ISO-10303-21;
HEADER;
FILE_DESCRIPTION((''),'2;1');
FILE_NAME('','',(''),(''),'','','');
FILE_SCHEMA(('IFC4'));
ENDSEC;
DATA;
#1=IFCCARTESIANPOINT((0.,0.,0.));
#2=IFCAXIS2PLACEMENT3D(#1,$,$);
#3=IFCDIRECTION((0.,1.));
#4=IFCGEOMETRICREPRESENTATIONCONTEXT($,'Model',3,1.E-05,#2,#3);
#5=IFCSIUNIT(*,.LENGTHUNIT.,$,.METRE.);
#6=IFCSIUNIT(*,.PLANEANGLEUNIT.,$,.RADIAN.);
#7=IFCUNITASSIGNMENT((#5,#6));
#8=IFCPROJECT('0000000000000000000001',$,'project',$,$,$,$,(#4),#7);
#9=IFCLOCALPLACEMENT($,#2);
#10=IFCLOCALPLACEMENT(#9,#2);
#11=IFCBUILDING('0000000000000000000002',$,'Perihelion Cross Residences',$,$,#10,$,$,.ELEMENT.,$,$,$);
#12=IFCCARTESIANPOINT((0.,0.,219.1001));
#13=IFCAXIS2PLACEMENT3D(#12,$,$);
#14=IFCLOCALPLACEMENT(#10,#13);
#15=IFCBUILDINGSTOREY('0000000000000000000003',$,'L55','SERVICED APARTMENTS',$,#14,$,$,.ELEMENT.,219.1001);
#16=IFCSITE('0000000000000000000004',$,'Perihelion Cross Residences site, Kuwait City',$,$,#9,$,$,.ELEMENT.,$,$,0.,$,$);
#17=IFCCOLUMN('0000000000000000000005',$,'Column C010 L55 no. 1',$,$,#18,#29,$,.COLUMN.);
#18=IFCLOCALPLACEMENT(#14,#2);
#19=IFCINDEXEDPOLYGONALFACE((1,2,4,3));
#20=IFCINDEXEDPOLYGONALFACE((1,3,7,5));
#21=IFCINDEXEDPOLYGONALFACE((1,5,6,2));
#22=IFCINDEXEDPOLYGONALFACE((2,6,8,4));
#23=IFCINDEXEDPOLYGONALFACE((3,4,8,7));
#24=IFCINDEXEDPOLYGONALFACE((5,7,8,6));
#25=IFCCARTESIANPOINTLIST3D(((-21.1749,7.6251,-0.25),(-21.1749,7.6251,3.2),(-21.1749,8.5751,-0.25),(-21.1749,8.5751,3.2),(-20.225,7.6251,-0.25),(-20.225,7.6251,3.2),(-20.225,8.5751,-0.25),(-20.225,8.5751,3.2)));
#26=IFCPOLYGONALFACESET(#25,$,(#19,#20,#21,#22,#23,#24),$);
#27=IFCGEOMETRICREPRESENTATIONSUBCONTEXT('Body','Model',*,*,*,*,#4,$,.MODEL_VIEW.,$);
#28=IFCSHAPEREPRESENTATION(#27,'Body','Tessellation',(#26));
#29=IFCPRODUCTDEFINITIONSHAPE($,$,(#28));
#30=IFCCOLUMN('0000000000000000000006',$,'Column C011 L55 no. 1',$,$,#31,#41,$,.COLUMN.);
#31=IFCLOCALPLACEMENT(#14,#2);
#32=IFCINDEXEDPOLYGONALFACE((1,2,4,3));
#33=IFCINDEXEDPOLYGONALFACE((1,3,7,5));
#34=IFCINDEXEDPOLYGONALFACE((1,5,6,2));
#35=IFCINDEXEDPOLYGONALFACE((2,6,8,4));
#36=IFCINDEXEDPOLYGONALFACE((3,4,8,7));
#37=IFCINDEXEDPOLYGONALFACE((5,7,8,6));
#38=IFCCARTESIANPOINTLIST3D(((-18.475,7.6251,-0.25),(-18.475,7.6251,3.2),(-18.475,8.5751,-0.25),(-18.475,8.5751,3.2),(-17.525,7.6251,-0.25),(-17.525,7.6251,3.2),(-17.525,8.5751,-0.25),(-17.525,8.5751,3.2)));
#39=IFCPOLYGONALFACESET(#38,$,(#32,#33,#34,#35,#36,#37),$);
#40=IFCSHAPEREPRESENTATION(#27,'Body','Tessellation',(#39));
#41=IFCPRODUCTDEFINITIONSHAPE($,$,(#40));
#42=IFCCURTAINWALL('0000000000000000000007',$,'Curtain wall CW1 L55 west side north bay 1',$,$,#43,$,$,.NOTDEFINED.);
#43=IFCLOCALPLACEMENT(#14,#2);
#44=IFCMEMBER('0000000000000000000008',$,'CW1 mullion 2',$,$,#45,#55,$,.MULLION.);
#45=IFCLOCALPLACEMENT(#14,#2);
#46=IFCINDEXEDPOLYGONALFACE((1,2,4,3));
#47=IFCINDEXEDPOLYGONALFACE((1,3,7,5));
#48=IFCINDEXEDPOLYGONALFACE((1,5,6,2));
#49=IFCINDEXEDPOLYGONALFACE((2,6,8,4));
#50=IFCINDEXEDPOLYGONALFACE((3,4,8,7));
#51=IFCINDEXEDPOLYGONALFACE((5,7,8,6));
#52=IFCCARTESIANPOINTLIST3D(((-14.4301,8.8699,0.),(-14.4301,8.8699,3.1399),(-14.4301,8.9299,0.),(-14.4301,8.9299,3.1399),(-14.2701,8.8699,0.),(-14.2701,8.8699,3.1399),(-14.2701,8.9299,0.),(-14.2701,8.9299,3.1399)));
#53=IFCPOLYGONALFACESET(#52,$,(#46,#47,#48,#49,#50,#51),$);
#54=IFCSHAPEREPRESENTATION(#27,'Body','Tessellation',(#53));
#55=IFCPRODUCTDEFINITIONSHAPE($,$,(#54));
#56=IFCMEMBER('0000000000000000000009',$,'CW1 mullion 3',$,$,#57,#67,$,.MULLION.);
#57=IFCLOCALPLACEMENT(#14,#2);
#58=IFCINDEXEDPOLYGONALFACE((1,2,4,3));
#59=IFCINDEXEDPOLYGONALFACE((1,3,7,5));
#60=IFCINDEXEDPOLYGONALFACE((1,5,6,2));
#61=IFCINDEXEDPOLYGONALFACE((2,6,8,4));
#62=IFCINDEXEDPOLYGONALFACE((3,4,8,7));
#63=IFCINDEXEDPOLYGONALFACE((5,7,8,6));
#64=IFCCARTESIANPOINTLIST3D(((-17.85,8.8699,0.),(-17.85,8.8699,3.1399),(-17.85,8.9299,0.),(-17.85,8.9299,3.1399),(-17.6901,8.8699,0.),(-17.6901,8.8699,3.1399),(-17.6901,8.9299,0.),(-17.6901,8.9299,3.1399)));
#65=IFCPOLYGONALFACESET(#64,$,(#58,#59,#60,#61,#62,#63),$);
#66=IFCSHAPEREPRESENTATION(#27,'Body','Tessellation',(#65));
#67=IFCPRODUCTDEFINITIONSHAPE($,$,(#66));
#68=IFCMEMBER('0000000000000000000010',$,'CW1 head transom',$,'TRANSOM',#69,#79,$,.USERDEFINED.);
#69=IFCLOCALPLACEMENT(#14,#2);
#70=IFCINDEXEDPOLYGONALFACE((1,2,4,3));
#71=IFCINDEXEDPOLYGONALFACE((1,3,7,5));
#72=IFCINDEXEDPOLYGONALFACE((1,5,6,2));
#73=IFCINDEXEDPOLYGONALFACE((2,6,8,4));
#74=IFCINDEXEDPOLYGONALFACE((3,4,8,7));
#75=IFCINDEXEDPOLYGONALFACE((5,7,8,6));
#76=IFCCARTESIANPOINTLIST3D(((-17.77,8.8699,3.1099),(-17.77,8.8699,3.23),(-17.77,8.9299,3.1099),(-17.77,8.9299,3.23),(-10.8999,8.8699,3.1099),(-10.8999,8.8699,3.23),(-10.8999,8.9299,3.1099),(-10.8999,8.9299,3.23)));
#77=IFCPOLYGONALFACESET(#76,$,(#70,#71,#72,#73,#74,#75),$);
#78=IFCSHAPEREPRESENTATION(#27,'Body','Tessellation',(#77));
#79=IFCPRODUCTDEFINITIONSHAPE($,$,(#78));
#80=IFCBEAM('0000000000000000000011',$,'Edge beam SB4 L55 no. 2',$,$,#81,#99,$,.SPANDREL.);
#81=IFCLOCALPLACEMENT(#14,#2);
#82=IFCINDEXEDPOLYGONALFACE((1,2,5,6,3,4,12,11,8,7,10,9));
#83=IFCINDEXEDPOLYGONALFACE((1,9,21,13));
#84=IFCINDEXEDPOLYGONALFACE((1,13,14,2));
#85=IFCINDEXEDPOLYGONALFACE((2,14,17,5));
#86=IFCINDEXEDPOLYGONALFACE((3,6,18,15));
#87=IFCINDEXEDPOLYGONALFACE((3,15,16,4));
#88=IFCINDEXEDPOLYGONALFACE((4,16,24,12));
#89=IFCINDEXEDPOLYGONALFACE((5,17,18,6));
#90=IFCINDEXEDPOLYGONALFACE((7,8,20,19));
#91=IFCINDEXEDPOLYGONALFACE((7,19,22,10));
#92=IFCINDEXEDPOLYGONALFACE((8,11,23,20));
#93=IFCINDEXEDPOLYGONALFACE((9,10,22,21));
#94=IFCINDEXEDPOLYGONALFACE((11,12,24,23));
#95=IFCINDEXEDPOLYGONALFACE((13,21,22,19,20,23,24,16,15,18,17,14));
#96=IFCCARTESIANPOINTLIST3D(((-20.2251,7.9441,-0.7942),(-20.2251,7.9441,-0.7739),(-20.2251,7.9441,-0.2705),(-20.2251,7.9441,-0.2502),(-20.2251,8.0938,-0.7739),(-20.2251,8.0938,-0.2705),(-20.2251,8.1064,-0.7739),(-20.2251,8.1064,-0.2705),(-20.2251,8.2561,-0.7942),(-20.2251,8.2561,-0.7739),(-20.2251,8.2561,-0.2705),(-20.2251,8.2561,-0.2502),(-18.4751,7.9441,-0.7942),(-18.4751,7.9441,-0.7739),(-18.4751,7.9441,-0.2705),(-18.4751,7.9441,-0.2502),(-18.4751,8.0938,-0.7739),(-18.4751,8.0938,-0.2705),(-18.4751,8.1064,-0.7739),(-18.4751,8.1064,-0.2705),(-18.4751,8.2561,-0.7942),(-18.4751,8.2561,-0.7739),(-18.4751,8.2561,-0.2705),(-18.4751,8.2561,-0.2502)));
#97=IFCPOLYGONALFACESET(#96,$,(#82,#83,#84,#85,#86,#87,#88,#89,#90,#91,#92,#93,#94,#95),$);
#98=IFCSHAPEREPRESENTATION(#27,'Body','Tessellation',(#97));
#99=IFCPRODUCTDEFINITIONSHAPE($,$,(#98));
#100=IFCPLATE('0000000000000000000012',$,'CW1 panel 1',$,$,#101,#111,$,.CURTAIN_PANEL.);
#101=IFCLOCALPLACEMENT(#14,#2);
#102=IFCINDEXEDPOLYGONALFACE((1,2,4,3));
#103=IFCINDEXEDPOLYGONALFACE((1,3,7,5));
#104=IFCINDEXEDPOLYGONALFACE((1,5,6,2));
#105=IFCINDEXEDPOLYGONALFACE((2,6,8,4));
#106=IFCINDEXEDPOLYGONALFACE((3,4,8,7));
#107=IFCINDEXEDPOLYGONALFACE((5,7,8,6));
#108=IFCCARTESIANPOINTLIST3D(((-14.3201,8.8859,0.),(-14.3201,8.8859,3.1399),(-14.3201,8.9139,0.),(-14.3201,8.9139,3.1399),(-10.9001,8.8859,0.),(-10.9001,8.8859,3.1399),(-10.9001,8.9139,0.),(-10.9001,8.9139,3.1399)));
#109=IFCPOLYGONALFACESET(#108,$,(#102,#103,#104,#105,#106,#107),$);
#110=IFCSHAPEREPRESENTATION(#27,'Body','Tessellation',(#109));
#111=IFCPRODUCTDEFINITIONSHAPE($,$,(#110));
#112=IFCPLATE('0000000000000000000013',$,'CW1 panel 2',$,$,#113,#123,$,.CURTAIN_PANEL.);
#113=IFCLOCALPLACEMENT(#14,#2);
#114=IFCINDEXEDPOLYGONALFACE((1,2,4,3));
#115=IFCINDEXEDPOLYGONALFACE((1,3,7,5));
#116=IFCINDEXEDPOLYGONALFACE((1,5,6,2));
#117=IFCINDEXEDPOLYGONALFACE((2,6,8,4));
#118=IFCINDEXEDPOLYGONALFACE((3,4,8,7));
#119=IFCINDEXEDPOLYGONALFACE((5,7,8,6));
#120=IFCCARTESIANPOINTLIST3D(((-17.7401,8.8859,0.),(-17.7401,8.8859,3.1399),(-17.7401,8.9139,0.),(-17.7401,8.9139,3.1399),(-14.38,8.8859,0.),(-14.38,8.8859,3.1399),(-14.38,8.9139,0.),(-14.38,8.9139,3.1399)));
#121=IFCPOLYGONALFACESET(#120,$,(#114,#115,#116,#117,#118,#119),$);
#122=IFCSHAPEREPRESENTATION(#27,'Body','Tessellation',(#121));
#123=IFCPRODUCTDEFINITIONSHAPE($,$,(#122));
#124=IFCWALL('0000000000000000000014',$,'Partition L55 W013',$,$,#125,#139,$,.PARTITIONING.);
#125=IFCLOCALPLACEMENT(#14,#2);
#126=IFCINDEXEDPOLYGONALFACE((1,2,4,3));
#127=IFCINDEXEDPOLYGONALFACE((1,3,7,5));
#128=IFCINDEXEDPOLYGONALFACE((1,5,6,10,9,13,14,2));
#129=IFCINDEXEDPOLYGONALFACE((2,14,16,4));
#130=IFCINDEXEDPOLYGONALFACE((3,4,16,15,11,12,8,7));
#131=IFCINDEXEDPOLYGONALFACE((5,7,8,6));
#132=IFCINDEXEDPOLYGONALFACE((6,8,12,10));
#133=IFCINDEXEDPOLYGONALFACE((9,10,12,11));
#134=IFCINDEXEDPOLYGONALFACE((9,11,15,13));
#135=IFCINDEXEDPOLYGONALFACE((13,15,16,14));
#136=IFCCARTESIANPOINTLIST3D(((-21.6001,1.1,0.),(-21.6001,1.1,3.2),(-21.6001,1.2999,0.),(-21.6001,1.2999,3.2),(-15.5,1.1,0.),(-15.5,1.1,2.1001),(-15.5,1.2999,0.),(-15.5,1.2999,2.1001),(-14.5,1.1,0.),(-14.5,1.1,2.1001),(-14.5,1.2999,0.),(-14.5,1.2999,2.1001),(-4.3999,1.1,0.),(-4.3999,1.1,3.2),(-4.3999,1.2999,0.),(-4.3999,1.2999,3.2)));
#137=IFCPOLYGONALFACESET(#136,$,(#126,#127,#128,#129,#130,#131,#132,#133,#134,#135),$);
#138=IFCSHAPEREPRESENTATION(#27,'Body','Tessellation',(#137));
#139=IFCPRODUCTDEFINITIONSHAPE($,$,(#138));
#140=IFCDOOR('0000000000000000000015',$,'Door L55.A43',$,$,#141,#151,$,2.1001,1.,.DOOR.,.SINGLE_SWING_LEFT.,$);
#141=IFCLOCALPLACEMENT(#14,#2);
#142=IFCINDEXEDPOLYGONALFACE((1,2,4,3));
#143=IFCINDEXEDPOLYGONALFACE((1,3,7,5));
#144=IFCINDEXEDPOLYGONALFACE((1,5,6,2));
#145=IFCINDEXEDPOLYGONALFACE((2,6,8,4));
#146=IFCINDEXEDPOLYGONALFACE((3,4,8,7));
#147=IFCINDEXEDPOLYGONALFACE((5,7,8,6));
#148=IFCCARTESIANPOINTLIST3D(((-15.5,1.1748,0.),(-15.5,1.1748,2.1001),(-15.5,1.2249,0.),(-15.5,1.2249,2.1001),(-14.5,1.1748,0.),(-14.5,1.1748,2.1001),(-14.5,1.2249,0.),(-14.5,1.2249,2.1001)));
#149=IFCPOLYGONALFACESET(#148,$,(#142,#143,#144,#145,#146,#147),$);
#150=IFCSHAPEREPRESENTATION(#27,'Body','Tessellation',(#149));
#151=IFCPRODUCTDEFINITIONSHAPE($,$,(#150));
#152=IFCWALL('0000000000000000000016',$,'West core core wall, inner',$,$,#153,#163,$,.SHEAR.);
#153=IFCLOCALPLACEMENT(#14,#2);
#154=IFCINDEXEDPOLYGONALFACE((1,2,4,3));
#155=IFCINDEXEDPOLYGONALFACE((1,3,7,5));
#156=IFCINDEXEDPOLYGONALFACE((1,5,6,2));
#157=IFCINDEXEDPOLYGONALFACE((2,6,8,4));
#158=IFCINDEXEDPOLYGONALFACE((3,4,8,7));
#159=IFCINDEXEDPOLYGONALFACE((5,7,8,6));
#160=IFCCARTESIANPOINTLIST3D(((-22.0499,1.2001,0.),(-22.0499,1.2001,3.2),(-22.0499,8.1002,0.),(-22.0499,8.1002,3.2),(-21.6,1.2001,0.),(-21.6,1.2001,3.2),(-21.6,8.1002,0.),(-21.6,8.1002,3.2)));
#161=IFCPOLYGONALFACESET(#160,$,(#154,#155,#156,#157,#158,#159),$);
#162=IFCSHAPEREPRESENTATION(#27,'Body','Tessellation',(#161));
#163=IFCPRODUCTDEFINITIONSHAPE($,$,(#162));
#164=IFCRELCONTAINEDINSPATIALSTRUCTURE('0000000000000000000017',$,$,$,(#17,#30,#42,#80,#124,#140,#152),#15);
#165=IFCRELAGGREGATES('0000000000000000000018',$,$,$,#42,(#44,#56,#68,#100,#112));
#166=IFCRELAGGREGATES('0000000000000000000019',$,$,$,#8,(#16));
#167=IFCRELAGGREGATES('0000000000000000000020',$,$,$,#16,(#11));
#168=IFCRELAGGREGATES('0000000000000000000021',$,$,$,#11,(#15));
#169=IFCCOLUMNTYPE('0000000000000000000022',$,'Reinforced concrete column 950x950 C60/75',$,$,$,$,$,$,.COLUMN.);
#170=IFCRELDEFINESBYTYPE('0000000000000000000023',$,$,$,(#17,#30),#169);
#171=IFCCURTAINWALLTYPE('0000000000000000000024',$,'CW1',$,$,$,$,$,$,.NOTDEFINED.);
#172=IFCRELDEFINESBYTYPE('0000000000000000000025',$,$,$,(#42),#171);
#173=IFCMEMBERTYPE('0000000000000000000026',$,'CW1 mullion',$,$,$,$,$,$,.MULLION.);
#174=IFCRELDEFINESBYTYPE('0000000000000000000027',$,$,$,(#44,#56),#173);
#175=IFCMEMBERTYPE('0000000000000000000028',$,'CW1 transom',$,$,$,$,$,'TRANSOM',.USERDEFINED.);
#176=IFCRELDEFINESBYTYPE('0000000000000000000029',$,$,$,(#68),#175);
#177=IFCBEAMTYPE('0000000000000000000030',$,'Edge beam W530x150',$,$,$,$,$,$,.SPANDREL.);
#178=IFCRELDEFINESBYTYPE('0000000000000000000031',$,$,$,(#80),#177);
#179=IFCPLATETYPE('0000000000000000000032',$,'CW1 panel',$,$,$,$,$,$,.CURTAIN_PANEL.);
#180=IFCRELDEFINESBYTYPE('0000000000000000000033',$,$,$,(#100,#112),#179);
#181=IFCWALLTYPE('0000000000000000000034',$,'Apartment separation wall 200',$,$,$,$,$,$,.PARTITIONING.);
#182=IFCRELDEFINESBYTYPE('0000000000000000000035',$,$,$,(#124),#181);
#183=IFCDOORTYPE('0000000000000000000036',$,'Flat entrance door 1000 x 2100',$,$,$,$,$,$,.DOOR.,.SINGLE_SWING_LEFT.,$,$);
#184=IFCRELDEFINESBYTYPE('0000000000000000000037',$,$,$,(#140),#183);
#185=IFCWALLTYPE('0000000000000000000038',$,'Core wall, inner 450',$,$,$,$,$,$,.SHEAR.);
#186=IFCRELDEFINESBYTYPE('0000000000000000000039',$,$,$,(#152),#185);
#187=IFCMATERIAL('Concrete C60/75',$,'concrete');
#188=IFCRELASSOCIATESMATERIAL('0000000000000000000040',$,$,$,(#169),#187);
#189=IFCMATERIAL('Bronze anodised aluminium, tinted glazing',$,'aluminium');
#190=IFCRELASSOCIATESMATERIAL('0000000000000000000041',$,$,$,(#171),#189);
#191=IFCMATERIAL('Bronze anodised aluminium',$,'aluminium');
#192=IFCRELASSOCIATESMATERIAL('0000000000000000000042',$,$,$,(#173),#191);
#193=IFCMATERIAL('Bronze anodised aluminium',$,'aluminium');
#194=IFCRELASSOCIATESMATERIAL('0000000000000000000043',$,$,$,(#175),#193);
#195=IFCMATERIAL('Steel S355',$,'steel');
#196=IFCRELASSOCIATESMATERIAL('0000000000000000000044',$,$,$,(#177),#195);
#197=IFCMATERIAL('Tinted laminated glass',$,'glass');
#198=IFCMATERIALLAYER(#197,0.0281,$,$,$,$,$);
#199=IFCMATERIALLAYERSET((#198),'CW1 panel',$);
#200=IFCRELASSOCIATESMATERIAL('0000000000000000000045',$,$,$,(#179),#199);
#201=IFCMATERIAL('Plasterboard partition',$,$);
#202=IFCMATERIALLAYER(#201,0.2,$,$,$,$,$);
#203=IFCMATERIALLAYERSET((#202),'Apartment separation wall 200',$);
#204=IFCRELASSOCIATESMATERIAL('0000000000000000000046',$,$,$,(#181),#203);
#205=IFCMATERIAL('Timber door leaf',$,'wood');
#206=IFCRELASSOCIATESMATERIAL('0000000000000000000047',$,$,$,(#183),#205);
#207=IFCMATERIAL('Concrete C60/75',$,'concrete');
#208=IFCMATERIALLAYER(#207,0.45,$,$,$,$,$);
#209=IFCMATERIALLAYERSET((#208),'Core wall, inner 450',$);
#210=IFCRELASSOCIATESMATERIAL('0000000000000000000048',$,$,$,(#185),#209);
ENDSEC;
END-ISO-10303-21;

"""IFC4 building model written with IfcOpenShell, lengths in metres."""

from ifc_helpers import new_model, si_unit, direction, frame, frame_2d, origin, origin_2d, place, context, subcontext, project, spatial, rectangle, i_section, extrude, material, layer, layer_set, material_profile, profile_set, type_object, element, fill, aggregate, save


model = new_model("IFC4")

# Units and contexts
model_context = context("Model", 3, precision=1e-05, world=origin(), true_north=direction((0.0, 1.0)))
body_context = subcontext(model_context, "Body", "Model", "MODEL_VIEW")
ifc_project = project(units=[si_unit("LENGTHUNIT", "METRE"), si_unit("PLANEANGLEUNIT", "RADIAN")], contexts=[model_context])

# Site, building, storey
site_placement = place(None, origin())
site = spatial("IfcSite", under=ifc_project, at=site_placement, Name="Perihelion Cross Residences site, Kuwait City", CompositionType="ELEMENT", RefElevation=0.0)
building_placement = place(site_placement, origin())
building = spatial("IfcBuilding", under=site, at=building_placement, Name="Perihelion Cross Residences", CompositionType="ELEMENT")
storey_placement = place(building_placement, frame((0.0, 0.0, 219.1001)))
storey = spatial("IfcBuildingStorey", under=building, at=storey_placement, Name="L55", Description="SERVICED APARTMENTS", CompositionType="ELEMENT", Elevation=219.1001)

# Columns
ifc_material_1 = material(Name="Concrete C60/75", Category="concrete")
ifc_material_profile_1 = material_profile(ifc_material_1, rectangle(XDim=0.95, YDim=0.95, at=origin_2d()), Name="RC 950x950")
ifc_profile_set_1 = profile_set([ifc_material_profile_1], Name="Concrete C60/75")
column_type = type_object("IfcColumnType", Name="Reinforced concrete column 950x950 C60/75", PredefinedType="COLUMN", material=ifc_profile_set_1)
for number, where, z_axis, x_axis, name in (
    (1, (-20.7, 8.1001, -0.25), (0.0, 0.0, 1.0), (1.0, 0.0, 0.0), "Column C010 L55 no. 1"),
    (2, (-18.0, 8.1001, -0.25), (0.0, 0.0, 1.0), (1.0, 0.0, 0.0), "Column C011 L55 no. 1"),
):
    element("IfcColumn", number, at=place(storey_placement, frame(where, z_axis=z_axis, x_axis=x_axis)), inside=storey, type_object=column_type, Name=name, PredefinedType="COLUMN", context=body_context, shape_type="SweptSolid", body=[
        extrude(rectangle(XDim=0.95, YDim=0.95, at=origin_2d()), origin(), (0.0, 0.0, 1.0), 3.45),
    ])

# Curtain wall, members
ifc_material_2 = material(Name="Bronze anodised aluminium, tinted glazing", Category="aluminium")
curtain_wall_type = type_object("IfcCurtainWallType", Name="CW1", PredefinedType="NOTDEFINED", material=ifc_material_2)
curtain_wall_placement = place(storey_placement, origin())
curtain_wall = element("IfcCurtainWall", 3, at=curtain_wall_placement, inside=storey, type_object=curtain_wall_type, Name="Curtain wall CW1 L55 west side north bay 1", PredefinedType="NOTDEFINED")
ifc_material_3 = material(Name="Bronze anodised aluminium", Category="aluminium")
ifc_material_profile_2 = material_profile(ifc_material_3, rectangle(XDim=0.0601, YDim=0.1599, at=origin_2d()), Name="CW1 mullion")
ifc_profile_set_2 = profile_set([ifc_material_profile_2], Name="Bronze anodised aluminium")
member_type_1 = type_object("IfcMemberType", Name="CW1 mullion", PredefinedType="MULLION", material=ifc_profile_set_2)
member_1_placement = place(storey_placement, frame((-14.3501, 8.8999, 0.0), z_axis=(0.0, 0.0, 1.0), x_axis=(0.0, -1.0, 0.0)))
member_1 = element("IfcMember", 4, at=member_1_placement, type_object=member_type_1, Name="CW1 mullion 2", PredefinedType="MULLION", context=body_context, shape_type="SweptSolid", body=[
    extrude(rectangle(XDim=0.0601, YDim=0.1599, at=origin_2d()), origin(), (0.0, 0.0, 1.0), 3.1399),
])
member_2_placement = place(storey_placement, frame((-17.77, 8.8999, 0.0), z_axis=(0.0, 0.0, 1.0), x_axis=(0.0, -1.0, 0.0)))
member_2 = element("IfcMember", 5, at=member_2_placement, type_object=member_type_1, Name="CW1 mullion 3", PredefinedType="MULLION", context=body_context, shape_type="SweptSolid", body=[
    extrude(rectangle(XDim=0.0601, YDim=0.1599, at=origin_2d()), origin(), (0.0, 0.0, 1.0), 3.1399),
])
ifc_material_4 = material(Name="Bronze anodised aluminium", Category="aluminium")
ifc_material_profile_3 = material_profile(ifc_material_4, rectangle(XDim=0.0601, YDim=0.1201, at=origin_2d()), Name="CW1 transom")
ifc_profile_set_3 = profile_set([ifc_material_profile_3], Name="Bronze anodised aluminium")
member_type_2 = type_object("IfcMemberType", Name="CW1 transom", ElementType="TRANSOM", PredefinedType="USERDEFINED", material=ifc_profile_set_3)
member_3_placement = place(storey_placement, frame((-10.8999, 8.8999, 3.1699), z_axis=(-1.0, 0.0, 0.0), x_axis=(0.0, -1.0, 0.0)))
member_3 = element("IfcMember", 6, at=member_3_placement, type_object=member_type_2, Name="CW1 head transom", ObjectType="TRANSOM", PredefinedType="USERDEFINED", context=body_context, shape_type="SweptSolid", body=[
    extrude(rectangle(XDim=0.0601, YDim=0.1201, at=origin_2d()), origin(), (0.0, 0.0, 1.0), 6.8701),
])

# Beam
ifc_material_5 = material(Name="Steel S355", Category="steel")
ifc_material_profile_4 = material_profile(ifc_material_5, i_section(OverallWidth=0.312, OverallDepth=0.5439, WebThickness=0.0127, FlangeThickness=0.0203, at=origin_2d()), Name="W530x150")
ifc_profile_set_4 = profile_set([ifc_material_profile_4], Name="Steel S355")
beam_type = type_object("IfcBeamType", Name="Edge beam W530x150", PredefinedType="SPANDREL", material=ifc_profile_set_4)
beam_placement = place(storey_placement, frame((-18.4751, 8.1001, -0.5222), z_axis=(-1.0, 0.0, 0.0), x_axis=(0.0, -1.0, 0.0)))
element("IfcBeam", 7, at=beam_placement, inside=storey, type_object=beam_type, Name="Edge beam SB4 L55 no. 2", PredefinedType="SPANDREL", context=body_context, shape_type="SweptSolid", body=[
    extrude(i_section(OverallWidth=0.312, OverallDepth=0.5439, WebThickness=0.0127, FlangeThickness=0.0203, at=origin_2d()), origin(), (0.0, 0.0, 1.0), 1.75),
])

# Plates
ifc_material_6 = material(Name="Tinted laminated glass", Category="glass")
ifc_layer_1 = layer(ifc_material_6, 0.0281)
ifc_layer_set_1 = layer_set([ifc_layer_1], Name="CW1 panel")
plate_type = type_object("IfcPlateType", Name="CW1 panel", PredefinedType="CURTAIN_PANEL", material=ifc_layer_set_1)
plate_1_placement = place(storey_placement, frame((-12.6101, 8.8999, 0.0), z_axis=(0.0, 0.0, 1.0), x_axis=(-1.0, 0.0, 0.0)))
plate_1 = element("IfcPlate", 8, at=plate_1_placement, type_object=plate_type, Name="CW1 panel 1", PredefinedType="CURTAIN_PANEL", context=body_context, shape_type="SweptSolid", body=[
    extrude(rectangle(XDim=3.4199, YDim=0.0281, at=origin_2d()), origin(), (0.0, 0.0, 1.0), 3.1399),
])
plate_2_placement = place(storey_placement, frame((-16.0601, 8.8999, 0.0), z_axis=(0.0, 0.0, 1.0), x_axis=(-1.0, 0.0, 0.0)))
plate_2 = element("IfcPlate", 9, at=plate_2_placement, type_object=plate_type, Name="CW1 panel 2", PredefinedType="CURTAIN_PANEL", context=body_context, shape_type="SweptSolid", body=[
    extrude(rectangle(XDim=3.3601, YDim=0.0281, at=origin_2d()), origin(), (0.0, 0.0, 1.0), 3.1399),
])
aggregate(curtain_wall, [member_1, member_2, member_3, plate_1, plate_2])

# Wall, opening, door
ifc_material_7 = material(Name="Plasterboard partition")
ifc_layer_2 = layer(ifc_material_7, 0.2)
ifc_layer_set_2 = layer_set([ifc_layer_2], Name="Apartment separation wall 200")
wall_type_1 = type_object("IfcWallType", Name="Apartment separation wall 200", PredefinedType="PARTITIONING", material=ifc_layer_set_2)
wall_1_placement = place(storey_placement, frame((-21.6001, 1.2, 0.0), z_axis=(0.0, 0.0, 1.0), x_axis=(1.0, 0.0, 0.0)))
wall_1 = element("IfcWall", 10, at=wall_1_placement, inside=storey, type_object=wall_type_1, Name="Partition L55 W013", PredefinedType="PARTITIONING", context=body_context, shape_type="SweptSolid", body=[
    extrude(rectangle(XDim=17.2002, YDim=0.2, at=frame_2d((8.6001, 0.0))), origin(), (0.0, 0.0, 1.0), 3.2),
])
opening_1_placement = place(wall_1_placement, frame((6.1001, 0.0, 0.0)))
opening_1 = element("IfcOpeningElement", 11, at=opening_1_placement, cuts=wall_1, PredefinedType="OPENING", context=body_context, shape_type="SweptSolid", body=[
    extrude(rectangle(XDim=1.0, YDim=2.1001, at=frame_2d((0.5, 1.05))), frame((0.0, 0.1099, 0.0), z_axis=(0.0, -1.0, 0.0), x_axis=(1.0, 0.0, 0.0)), (0.0, 0.0, 1.0), 0.22),
])
ifc_material_8 = material(Name="Timber door leaf", Category="wood")
door_type_1 = type_object("IfcDoorType", Name="Flat entrance door 1000 x 2100", OperationType="SINGLE_SWING_LEFT", PredefinedType="DOOR", material=ifc_material_8)
door_1_placement = place(opening_1_placement, origin())
door_1 = element("IfcDoor", 12, at=door_1_placement, inside=storey, type_object=door_type_1, Name="Door L55.A43", OperationType="SINGLE_SWING_LEFT", OverallHeight=2.1001, OverallWidth=1.0, PredefinedType="DOOR", context=body_context, shape_type="SweptSolid", body=[
    extrude(rectangle(XDim=1.0, YDim=2.1001, at=frame_2d((0.5, 1.05))), frame((0.0, 0.0249, 0.0), z_axis=(0.0, -1.0, 0.0), x_axis=(1.0, 0.0, 0.0)), (0.0, 0.0, 1.0), 0.05),
])
fill(opening_1, door_1)

# Wall
ifc_material_9 = material(Name="Concrete C60/75", Category="concrete")
ifc_layer_3 = layer(ifc_material_9, 0.45)
ifc_layer_set_3 = layer_set([ifc_layer_3], Name="Core wall, inner 450")
wall_type_2 = type_object("IfcWallType", Name="Core wall, inner 450", PredefinedType="SHEAR", material=ifc_layer_set_3)
wall_2_placement = place(storey_placement, frame((-21.825, 1.2, 0.0), z_axis=(0.0, 0.0, 1.0), x_axis=(0.0, 1.0, 0.0)))
element("IfcWall", 13, at=wall_2_placement, inside=storey, type_object=wall_type_2, Name="West core core wall, inner", PredefinedType="SHEAR", context=body_context, shape_type="SweptSolid", body=[
    extrude(rectangle(XDim=6.9001, YDim=0.45, at=frame_2d((3.4502, 0.0))), origin(), (0.0, 0.0, 1.0), 3.2),
])

save(model, "model.ifc")
